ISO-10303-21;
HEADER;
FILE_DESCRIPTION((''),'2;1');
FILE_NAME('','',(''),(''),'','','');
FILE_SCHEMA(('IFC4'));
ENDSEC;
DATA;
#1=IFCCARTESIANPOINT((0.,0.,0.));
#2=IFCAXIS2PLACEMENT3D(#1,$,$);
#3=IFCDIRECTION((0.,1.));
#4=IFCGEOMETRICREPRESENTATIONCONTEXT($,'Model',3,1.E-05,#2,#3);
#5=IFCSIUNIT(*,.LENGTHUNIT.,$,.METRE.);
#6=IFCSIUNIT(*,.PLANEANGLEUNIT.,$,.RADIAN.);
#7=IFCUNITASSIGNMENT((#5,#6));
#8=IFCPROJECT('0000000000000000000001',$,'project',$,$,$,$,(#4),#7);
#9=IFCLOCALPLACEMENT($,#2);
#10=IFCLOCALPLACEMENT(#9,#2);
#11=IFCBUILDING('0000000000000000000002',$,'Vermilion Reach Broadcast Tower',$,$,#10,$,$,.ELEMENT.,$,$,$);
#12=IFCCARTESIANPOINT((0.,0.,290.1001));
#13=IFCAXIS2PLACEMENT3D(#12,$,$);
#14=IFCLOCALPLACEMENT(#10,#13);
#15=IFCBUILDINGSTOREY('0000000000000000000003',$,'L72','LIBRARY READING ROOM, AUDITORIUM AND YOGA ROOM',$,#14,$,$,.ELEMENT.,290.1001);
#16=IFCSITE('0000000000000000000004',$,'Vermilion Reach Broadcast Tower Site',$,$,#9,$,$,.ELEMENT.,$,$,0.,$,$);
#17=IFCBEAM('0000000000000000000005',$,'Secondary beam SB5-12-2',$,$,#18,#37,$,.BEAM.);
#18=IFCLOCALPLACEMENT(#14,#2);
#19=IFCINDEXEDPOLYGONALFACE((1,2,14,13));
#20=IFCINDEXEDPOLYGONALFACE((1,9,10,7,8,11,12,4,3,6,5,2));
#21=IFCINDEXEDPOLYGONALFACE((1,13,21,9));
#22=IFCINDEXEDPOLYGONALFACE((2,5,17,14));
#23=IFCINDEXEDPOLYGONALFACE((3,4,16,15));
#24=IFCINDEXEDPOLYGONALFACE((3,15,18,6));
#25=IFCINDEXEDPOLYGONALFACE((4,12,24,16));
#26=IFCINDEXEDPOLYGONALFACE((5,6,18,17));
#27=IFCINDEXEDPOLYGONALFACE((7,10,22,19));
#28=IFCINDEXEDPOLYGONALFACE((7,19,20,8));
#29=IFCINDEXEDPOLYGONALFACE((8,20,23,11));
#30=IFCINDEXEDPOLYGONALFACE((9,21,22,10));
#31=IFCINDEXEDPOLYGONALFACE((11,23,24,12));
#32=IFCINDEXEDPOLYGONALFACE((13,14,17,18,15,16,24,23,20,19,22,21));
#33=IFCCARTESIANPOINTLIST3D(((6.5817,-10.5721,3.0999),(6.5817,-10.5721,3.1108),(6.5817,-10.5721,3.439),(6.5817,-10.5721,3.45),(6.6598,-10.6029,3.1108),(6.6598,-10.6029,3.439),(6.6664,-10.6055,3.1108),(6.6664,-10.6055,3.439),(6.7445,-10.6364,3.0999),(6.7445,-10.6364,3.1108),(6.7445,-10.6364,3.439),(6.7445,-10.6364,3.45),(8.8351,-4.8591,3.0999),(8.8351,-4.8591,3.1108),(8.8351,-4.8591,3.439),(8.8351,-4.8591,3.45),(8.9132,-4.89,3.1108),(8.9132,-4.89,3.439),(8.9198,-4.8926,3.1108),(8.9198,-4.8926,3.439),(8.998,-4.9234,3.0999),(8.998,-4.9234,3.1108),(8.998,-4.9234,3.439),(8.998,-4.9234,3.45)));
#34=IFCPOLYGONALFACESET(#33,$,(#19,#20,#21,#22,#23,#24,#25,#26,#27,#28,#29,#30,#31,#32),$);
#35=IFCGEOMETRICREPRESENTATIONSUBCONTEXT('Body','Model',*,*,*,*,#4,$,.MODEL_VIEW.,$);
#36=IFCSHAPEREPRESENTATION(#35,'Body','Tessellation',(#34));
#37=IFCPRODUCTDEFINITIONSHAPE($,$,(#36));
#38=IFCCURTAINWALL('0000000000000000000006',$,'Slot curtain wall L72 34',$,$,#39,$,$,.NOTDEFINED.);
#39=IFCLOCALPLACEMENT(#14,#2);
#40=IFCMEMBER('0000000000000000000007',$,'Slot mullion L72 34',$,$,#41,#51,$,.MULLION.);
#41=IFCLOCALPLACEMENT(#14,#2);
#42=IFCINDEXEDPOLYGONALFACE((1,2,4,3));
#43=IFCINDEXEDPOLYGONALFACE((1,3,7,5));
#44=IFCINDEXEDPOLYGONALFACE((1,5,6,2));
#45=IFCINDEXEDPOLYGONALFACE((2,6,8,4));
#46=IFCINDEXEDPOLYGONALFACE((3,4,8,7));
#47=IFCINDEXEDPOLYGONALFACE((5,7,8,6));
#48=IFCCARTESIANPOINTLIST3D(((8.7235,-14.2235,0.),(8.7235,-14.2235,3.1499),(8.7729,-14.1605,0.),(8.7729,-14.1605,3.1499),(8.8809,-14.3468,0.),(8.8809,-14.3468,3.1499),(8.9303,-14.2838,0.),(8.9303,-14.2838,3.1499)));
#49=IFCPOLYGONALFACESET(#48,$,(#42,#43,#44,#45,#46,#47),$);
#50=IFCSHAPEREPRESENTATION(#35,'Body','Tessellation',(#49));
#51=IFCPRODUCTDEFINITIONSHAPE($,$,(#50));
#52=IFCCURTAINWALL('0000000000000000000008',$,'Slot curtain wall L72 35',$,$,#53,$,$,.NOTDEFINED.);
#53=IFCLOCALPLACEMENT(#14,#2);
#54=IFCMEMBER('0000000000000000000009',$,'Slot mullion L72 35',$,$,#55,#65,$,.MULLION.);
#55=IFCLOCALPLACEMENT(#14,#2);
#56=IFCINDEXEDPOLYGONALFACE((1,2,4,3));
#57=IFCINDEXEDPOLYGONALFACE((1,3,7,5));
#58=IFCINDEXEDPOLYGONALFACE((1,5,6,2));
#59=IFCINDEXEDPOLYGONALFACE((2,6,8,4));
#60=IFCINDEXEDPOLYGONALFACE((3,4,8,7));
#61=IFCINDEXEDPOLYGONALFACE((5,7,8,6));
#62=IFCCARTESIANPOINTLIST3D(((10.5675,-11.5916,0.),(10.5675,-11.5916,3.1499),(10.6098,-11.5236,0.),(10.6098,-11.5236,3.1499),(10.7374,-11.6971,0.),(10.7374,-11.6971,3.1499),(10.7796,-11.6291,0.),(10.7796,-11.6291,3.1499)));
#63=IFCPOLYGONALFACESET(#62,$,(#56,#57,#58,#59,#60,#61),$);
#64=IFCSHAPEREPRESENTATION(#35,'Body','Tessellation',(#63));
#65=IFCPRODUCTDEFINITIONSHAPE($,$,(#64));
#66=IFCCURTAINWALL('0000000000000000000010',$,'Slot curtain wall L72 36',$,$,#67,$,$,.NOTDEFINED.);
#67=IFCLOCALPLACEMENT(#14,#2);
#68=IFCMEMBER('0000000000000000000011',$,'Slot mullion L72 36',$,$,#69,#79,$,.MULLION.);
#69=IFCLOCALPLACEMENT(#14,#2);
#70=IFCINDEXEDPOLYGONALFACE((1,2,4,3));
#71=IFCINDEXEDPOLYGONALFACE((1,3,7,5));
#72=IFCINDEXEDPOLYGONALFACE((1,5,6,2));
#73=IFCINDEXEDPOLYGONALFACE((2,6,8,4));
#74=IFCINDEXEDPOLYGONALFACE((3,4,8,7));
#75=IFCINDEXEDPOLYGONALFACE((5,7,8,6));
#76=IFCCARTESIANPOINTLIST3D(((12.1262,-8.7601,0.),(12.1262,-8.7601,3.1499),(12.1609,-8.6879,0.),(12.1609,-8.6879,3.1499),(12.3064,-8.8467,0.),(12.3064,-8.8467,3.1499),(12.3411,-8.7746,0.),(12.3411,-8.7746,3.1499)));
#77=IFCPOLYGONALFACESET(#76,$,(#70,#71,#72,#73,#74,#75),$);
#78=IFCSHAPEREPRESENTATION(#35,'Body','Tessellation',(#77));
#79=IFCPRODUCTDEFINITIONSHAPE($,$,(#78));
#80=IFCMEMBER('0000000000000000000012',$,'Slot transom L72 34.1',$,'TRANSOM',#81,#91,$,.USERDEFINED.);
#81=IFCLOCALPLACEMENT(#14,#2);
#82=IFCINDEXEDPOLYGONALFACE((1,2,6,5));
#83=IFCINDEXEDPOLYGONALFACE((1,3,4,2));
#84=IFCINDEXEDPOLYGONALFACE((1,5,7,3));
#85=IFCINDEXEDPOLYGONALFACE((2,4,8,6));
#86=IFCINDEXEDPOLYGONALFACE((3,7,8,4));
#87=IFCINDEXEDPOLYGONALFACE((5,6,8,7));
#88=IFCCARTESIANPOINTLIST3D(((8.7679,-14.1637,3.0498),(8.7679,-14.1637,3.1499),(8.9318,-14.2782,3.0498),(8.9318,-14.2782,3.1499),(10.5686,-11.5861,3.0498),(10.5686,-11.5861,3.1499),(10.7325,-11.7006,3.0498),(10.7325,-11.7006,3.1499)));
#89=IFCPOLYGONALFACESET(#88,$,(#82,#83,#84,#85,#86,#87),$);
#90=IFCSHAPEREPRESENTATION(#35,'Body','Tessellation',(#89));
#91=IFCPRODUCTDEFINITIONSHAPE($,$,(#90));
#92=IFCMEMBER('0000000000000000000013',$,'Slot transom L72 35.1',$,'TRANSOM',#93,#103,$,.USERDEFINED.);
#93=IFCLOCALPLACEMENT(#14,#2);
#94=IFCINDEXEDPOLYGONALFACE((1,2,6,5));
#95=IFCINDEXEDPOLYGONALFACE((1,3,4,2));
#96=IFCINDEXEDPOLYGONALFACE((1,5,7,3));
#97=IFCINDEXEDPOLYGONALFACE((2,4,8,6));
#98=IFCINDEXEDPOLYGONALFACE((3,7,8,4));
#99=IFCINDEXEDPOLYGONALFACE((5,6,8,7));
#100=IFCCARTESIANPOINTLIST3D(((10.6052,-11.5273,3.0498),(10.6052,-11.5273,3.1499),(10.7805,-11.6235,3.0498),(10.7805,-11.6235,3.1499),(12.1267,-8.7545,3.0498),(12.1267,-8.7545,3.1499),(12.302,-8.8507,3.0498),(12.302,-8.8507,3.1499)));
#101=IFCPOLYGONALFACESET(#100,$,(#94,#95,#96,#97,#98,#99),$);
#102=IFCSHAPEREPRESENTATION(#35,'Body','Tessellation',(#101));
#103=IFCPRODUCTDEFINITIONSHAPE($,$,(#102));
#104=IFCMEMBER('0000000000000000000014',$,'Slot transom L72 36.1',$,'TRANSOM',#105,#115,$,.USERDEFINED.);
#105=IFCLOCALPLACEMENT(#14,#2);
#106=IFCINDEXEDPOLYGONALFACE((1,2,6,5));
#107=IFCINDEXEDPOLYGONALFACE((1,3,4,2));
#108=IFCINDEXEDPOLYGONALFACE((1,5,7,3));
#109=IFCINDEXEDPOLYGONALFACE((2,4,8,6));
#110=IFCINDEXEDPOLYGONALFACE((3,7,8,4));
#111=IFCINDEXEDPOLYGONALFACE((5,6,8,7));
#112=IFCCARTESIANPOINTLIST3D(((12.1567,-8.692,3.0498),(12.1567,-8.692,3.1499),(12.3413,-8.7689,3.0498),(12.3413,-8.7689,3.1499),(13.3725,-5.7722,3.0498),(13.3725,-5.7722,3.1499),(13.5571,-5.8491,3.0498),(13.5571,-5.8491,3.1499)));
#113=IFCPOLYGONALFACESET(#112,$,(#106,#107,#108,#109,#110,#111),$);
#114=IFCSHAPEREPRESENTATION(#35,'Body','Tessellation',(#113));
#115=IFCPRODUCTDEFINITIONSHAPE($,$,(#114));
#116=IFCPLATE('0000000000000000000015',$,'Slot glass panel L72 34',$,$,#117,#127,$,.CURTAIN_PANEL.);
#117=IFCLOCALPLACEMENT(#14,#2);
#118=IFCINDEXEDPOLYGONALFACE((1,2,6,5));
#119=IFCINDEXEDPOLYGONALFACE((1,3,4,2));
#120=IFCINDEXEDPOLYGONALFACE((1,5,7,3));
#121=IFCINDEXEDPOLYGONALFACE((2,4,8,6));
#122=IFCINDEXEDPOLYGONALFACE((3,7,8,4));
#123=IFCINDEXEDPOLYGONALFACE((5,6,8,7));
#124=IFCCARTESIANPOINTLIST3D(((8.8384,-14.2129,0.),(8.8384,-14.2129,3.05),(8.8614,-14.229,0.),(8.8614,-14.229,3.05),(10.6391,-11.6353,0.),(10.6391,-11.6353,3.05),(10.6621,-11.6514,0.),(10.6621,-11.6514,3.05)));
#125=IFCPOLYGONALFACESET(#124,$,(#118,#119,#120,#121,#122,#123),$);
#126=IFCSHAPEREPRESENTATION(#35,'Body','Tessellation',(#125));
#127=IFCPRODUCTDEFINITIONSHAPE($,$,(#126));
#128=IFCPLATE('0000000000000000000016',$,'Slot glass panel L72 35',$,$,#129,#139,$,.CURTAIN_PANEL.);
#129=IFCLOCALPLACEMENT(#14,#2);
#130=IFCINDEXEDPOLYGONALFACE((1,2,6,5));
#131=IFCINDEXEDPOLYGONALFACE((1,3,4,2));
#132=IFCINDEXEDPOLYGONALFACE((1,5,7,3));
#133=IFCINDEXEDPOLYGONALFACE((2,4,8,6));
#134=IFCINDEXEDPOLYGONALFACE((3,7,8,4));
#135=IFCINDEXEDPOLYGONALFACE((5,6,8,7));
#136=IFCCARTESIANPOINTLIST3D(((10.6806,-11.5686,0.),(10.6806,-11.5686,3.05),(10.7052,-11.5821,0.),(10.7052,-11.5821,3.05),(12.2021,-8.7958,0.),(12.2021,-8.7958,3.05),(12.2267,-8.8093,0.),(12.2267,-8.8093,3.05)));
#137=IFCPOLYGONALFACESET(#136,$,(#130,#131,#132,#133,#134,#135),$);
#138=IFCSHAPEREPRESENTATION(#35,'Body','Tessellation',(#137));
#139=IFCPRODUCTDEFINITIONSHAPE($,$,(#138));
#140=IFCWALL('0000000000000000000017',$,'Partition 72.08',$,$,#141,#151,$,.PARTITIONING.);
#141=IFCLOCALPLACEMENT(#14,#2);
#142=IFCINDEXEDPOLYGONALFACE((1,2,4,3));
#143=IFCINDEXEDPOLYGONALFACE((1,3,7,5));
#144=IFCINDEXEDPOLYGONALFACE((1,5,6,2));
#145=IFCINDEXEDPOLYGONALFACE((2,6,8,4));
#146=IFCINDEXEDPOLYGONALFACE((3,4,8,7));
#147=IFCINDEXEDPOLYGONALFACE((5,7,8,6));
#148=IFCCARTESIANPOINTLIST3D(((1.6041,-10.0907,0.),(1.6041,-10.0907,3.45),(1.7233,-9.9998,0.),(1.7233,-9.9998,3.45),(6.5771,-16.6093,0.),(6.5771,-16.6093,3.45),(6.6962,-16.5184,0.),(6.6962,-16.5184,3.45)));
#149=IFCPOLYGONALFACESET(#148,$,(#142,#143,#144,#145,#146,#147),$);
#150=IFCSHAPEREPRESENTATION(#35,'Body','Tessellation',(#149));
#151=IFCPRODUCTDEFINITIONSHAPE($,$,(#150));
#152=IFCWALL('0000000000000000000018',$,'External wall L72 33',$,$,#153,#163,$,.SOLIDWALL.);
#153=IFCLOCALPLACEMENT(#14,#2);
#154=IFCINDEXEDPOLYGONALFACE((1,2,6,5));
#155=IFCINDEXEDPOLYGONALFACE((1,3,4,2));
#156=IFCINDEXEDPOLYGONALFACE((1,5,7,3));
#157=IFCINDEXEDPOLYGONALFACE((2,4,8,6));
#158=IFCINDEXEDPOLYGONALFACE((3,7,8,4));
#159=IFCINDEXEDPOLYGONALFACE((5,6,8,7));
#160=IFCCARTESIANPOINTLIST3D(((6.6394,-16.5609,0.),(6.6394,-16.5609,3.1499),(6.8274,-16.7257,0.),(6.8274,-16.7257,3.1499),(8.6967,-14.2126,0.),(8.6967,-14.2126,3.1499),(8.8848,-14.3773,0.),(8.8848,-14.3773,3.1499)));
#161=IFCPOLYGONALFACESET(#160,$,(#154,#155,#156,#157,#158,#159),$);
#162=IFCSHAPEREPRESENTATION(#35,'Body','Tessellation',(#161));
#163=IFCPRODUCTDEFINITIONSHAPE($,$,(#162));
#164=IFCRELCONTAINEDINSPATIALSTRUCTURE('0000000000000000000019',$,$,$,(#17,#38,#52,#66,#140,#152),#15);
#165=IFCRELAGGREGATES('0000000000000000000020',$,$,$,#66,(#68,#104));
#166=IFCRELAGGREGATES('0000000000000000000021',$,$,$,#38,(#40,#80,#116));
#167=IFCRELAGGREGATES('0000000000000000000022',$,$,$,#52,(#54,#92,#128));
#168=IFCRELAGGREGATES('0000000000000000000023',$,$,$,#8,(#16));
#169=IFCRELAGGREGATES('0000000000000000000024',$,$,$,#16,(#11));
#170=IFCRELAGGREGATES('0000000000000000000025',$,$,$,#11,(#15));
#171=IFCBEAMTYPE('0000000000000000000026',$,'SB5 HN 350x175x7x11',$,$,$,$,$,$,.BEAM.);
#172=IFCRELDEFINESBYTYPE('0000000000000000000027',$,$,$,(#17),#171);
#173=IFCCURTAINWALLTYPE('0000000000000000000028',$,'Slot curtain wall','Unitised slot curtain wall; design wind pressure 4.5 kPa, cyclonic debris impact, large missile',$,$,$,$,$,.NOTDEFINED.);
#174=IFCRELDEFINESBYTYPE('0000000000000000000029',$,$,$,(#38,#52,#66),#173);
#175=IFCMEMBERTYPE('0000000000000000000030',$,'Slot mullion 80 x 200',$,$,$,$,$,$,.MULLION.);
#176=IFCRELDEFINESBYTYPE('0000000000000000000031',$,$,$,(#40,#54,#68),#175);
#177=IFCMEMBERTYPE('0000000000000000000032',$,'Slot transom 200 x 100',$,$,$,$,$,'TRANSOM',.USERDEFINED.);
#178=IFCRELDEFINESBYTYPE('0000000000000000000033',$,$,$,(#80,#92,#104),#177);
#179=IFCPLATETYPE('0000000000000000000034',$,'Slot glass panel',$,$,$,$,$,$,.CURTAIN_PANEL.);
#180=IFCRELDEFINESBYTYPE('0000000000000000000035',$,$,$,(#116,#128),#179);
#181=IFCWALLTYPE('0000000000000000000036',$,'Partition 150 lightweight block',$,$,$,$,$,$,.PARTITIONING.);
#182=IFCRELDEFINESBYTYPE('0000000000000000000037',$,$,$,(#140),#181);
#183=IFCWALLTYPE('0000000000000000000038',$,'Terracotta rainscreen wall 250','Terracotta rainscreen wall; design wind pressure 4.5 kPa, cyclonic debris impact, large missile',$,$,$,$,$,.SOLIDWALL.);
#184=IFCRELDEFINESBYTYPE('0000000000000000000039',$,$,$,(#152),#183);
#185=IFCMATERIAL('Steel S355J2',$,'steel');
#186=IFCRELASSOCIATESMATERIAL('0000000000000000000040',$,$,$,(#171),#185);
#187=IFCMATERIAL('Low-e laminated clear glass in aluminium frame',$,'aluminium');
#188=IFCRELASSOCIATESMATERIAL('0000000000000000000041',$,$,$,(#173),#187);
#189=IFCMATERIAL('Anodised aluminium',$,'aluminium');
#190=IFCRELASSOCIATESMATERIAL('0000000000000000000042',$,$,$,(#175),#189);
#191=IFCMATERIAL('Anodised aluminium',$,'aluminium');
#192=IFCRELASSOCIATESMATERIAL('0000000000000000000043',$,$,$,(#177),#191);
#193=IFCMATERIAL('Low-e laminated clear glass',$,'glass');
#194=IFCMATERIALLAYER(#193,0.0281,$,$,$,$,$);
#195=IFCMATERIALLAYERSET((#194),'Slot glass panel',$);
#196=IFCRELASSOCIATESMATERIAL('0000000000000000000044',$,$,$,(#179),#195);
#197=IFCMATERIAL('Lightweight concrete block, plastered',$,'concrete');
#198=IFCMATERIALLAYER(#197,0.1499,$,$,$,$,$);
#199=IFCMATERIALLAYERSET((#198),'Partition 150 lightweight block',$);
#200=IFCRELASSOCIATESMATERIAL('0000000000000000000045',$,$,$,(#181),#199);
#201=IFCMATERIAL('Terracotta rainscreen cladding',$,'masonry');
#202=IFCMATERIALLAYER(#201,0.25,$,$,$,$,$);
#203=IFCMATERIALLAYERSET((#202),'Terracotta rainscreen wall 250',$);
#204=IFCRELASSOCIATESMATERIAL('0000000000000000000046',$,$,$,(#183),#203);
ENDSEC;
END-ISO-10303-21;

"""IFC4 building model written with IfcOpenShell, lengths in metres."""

from ifc_helpers import new_model, si_unit, direction, frame, frame_2d, origin, origin_2d, place, context, subcontext, project, spatial, rectangle, i_section, extrude, material, layer, layer_set, material_profile, profile_set, type_object, element, aggregate, save


model = new_model("IFC4")

# Units and contexts
model_context = context("Model", 3, precision=1e-05, world=origin(), true_north=direction((0.0, 1.0)))
body_context = subcontext(model_context, "Body", "Model", "MODEL_VIEW")
ifc_project = project(units=[si_unit("LENGTHUNIT", "METRE"), si_unit("PLANEANGLEUNIT", "RADIAN")], contexts=[model_context])

# Site, building, storey
site_placement = place(None, origin())
site = spatial("IfcSite", under=ifc_project, at=site_placement, Name="Vermilion Reach Broadcast Tower Site", CompositionType="ELEMENT", RefElevation=0.0)
building_placement = place(site_placement, origin())
building = spatial("IfcBuilding", under=site, at=building_placement, Name="Vermilion Reach Broadcast Tower", CompositionType="ELEMENT")
storey_placement = place(building_placement, frame((0.0, 0.0, 290.1001)))
storey = spatial("IfcBuildingStorey", under=building, at=storey_placement, Name="L72", Description="LIBRARY READING ROOM, AUDITORIUM AND YOGA ROOM", CompositionType="ELEMENT", Elevation=290.1001)

# Beam
ifc_material_1 = material(Name="Steel S355J2", Category="steel")
ifc_material_profile_1 = material_profile(ifc_material_1, i_section(OverallWidth=0.175, OverallDepth=0.3501, WebThickness=0.0071, FlangeThickness=0.011, at=origin_2d()), Name="S355J2 HN 350x175x7x11")
ifc_profile_set_1 = profile_set([ifc_material_profile_1], Name="Steel S355J2")
beam_type_1 = type_object("IfcBeamType", Name="SB5 HN 350x175x7x11", PredefinedType="BEAM", material=ifc_profile_set_1)
beam_1_placement = place(storey_placement, frame((6.6631, -10.6042, 3.2749), z_axis=(0.366931, 0.930248, 0.0), x_axis=(-0.930248, 0.366931, 0.0)))
element("IfcBeam", 1, at=beam_1_placement, inside=storey, type_object=beam_type_1, Name="Secondary beam SB5-12-2", PredefinedType="BEAM", context=body_context, shape_type="SweptSolid", body=[
    extrude(i_section(OverallWidth=0.175, OverallDepth=0.3501, WebThickness=0.0071, FlangeThickness=0.011, at=origin_2d()), origin(), (0.0, 0.0, 1.0), 6.1414),
])

# Curtain walls, members
ifc_material_2 = material(Name="Low-e laminated clear glass in aluminium frame", Category="aluminium")
curtain_wall_type = type_object("IfcCurtainWallType", Name="Slot curtain wall", Description="Unitised slot curtain wall; design wind pressure 4.5 kPa, cyclonic debris impact, large missile", PredefinedType="NOTDEFINED", material=ifc_material_2)
placement = place(storey_placement, origin())
curtain_wall_1 = element("IfcCurtainWall", 2, at=placement, inside=storey, type_object=curtain_wall_type, Name="Slot curtain wall L72 34", PredefinedType="NOTDEFINED")
ifc_material_3 = material(Name="Anodised aluminium", Category="aluminium")
ifc_material_profile_2 = material_profile(ifc_material_3, rectangle(XDim=0.2, YDim=0.0801, at=origin_2d()), Name="Slot mullion 80 x 200")
ifc_profile_set_2 = profile_set([ifc_material_profile_2], Name="Anodised aluminium")
member_type_1 = type_object("IfcMemberType", Name="Slot mullion 80 x 200", PredefinedType="MULLION", material=ifc_profile_set_2)
member_1_placement = place(storey_placement, frame((8.8269, -14.2537, 0.0), z_axis=(0.0, 0.0, 1.0), x_axis=(-0.78714, 0.616775, 0.0)))
member_1 = element("IfcMember", 3, at=member_1_placement, type_object=member_type_1, Name="Slot mullion L72 34", PredefinedType="MULLION", context=body_context, shape_type="SweptSolid", body=[
    extrude(rectangle(XDim=0.2, YDim=0.0801, at=origin_2d()), origin(), (0.0, 0.0, 1.0), 3.1499),
])
curtain_wall_2 = element("IfcCurtainWall", 4, at=placement, inside=storey, type_object=curtain_wall_type, Name="Slot curtain wall L72 35", PredefinedType="NOTDEFINED")
member_2_placement = place(storey_placement, frame((10.6736, -11.6104, 0.0), z_axis=(0.0, 0.0, 1.0), x_axis=(-0.84947, 0.527637, 0.0)))
member_2 = element("IfcMember", 5, at=member_2_placement, type_object=member_type_1, Name="Slot mullion L72 35", PredefinedType="MULLION", context=body_context, shape_type="SweptSolid", body=[
    extrude(rectangle(XDim=0.2, YDim=0.0801, at=origin_2d()), origin(), (0.0, 0.0, 1.0), 3.1499),
])
curtain_wall_3 = element("IfcCurtainWall", 6, at=placement, inside=storey, type_object=curtain_wall_type, Name="Slot curtain wall L72 36", PredefinedType="NOTDEFINED")
member_3_placement = place(storey_placement, frame((12.2336, -8.7673, 0.0), z_axis=(0.0, 0.0, 1.0), x_axis=(-0.901228, 0.433344, 0.0)))
member_3 = element("IfcMember", 7, at=member_3_placement, type_object=member_type_1, Name="Slot mullion L72 36", PredefinedType="MULLION", context=body_context, shape_type="SweptSolid", body=[
    extrude(rectangle(XDim=0.2, YDim=0.0801, at=origin_2d()), origin(), (0.0, 0.0, 1.0), 3.1499),
])

# Members
ifc_material_4 = material(Name="Anodised aluminium", Category="aluminium")
ifc_material_profile_3 = material_profile(ifc_material_4, rectangle(XDim=0.2, YDim=0.1001, at=origin_2d()), Name="Slot transom 200 x 100")
ifc_profile_set_3 = profile_set([ifc_material_profile_3], Name="Anodised aluminium")
member_type_2 = type_object("IfcMemberType", Name="Slot transom 200 x 100", ElementType="TRANSOM", PredefinedType="USERDEFINED", material=ifc_profile_set_3)
member_4_placement = place(storey_placement, frame((8.8499, -14.2209, 3.0999), z_axis=(0.572701, 0.819764, 0.0), x_axis=(-0.819764, 0.572701, 0.0)))
member_4 = element("IfcMember", 8, at=member_4_placement, type_object=member_type_2, Name="Slot transom L72 34.1", ObjectType="TRANSOM", PredefinedType="USERDEFINED", context=body_context, shape_type="SweptSolid", body=[
    extrude(rectangle(XDim=0.2, YDim=0.1001, at=origin_2d()), origin(), (0.0, 0.0, 1.0), 3.1443),
])
member_5_placement = place(storey_placement, frame((10.6929, -11.5754, 3.0999), z_axis=(0.481036, 0.876701, 0.0), x_axis=(-0.876701, 0.481036, 0.0)))
member_5 = element("IfcMember", 9, at=member_5_placement, type_object=member_type_2, Name="Slot transom L72 35.1", ObjectType="TRANSOM", PredefinedType="USERDEFINED", context=body_context, shape_type="SweptSolid", body=[
    extrude(rectangle(XDim=0.2, YDim=0.1001, at=origin_2d()), origin(), (0.0, 0.0, 1.0), 3.1628),
])
member_6_placement = place(storey_placement, frame((12.249, -8.7305, 3.0999), z_axis=(0.384396, 0.923168, 0.0), x_axis=(-0.923168, 0.384396, 0.0)))
member_6 = element("IfcMember", 10, at=member_6_placement, type_object=member_type_2, Name="Slot transom L72 36.1", ObjectType="TRANSOM", PredefinedType="USERDEFINED", context=body_context, shape_type="SweptSolid", body=[
    extrude(rectangle(XDim=0.2, YDim=0.1001, at=origin_2d()), origin(), (0.0, 0.0, 1.0), 3.1628),
])
aggregate(curtain_wall_3, [member_3, member_6])

# Plates
ifc_material_5 = material(Name="Low-e laminated clear glass", Category="glass")
ifc_layer_1 = layer(ifc_material_5, 0.0281)
ifc_layer_set_1 = layer_set([ifc_layer_1], Name="Slot glass panel")
plate_type = type_object("IfcPlateType", Name="Slot glass panel", PredefinedType="CURTAIN_PANEL", material=ifc_layer_set_1)
plate_1_placement = place(storey_placement, frame((9.7502, -12.9321, 0.0), z_axis=(0.0, 0.0, 1.0), x_axis=(0.572683, 0.819777, 0.0)))
plate_1 = element("IfcPlate", 11, at=plate_1_placement, type_object=plate_type, Name="Slot glass panel L72 34", PredefinedType="CURTAIN_PANEL", context=body_context, shape_type="SweptSolid", body=[
    extrude(rectangle(XDim=3.1443, YDim=0.0281, at=origin_2d()), origin(), (0.0, 0.0, 1.0), 3.05),
])
aggregate(curtain_wall_1, [member_1, member_4, plate_1])
plate_2_placement = place(storey_placement, frame((11.4536, -10.189, 0.0), z_axis=(0.0, 0.0, 1.0), x_axis=(0.481055, 0.876691, 0.0)))
plate_2 = element("IfcPlate", 12, at=plate_2_placement, type_object=plate_type, Name="Slot glass panel L72 35", PredefinedType="CURTAIN_PANEL", context=body_context, shape_type="SweptSolid", body=[
    extrude(rectangle(XDim=3.1628, YDim=0.0281, at=origin_2d()), origin(), (0.0, 0.0, 1.0), 3.05),
])
aggregate(curtain_wall_2, [member_2, member_5, plate_2])

# Walls
ifc_material_6 = material(Name="Lightweight concrete block, plastered", Category="concrete")
ifc_layer_2 = layer(ifc_material_6, 0.1499)
ifc_layer_set_2 = layer_set([ifc_layer_2], Name="Partition 150 lightweight block")
wall_type_1 = type_object("IfcWallType", Name="Partition 150 lightweight block", PredefinedType="PARTITIONING", material=ifc_layer_set_2)
wall_1_placement = place(storey_placement, frame((6.6367, -16.564, 0.0), z_axis=(0.0, 0.0, 1.0), x_axis=(-0.606536, 0.795056, 0.0)))
element("IfcWall", 13, at=wall_1_placement, inside=storey, type_object=wall_type_1, Name="Partition 72.08", PredefinedType="PARTITIONING", context=body_context, shape_type="SweptSolid", body=[
    extrude(rectangle(XDim=8.199, YDim=0.1499, at=frame_2d((4.0996, 0.0))), origin(), (0.0, 0.0, 1.0), 3.45),
])
ifc_material_7 = material(Name="Terracotta rainscreen cladding", Category="masonry")
ifc_layer_3 = layer(ifc_material_7, 0.25)
ifc_layer_set_3 = layer_set([ifc_layer_3], Name="Terracotta rainscreen wall 250")
wall_type_2 = type_object("IfcWallType", Name="Terracotta rainscreen wall 250", Description="Terracotta rainscreen wall; design wind pressure 4.5 kPa, cyclonic debris impact, large missile", PredefinedType="SOLIDWALL", material=ifc_layer_set_3)
wall_2_placement = place(storey_placement, frame((6.7334, -16.6433, 0.0), z_axis=(0.0, 0.0, 1.0), x_axis=(0.658964, 0.752174, 0.0)))
element("IfcWall", 14, at=wall_2_placement, inside=storey, type_object=wall_type_2, Name="External wall L72 33", PredefinedType="SOLIDWALL", context=body_context, shape_type="SweptSolid", body=[
    extrude(rectangle(XDim=3.1221, YDim=0.25, at=frame_2d((1.561, 0.0))), origin(), (0.0, 0.0, 1.0), 3.1499),
])

save(model, "model.ifc")
